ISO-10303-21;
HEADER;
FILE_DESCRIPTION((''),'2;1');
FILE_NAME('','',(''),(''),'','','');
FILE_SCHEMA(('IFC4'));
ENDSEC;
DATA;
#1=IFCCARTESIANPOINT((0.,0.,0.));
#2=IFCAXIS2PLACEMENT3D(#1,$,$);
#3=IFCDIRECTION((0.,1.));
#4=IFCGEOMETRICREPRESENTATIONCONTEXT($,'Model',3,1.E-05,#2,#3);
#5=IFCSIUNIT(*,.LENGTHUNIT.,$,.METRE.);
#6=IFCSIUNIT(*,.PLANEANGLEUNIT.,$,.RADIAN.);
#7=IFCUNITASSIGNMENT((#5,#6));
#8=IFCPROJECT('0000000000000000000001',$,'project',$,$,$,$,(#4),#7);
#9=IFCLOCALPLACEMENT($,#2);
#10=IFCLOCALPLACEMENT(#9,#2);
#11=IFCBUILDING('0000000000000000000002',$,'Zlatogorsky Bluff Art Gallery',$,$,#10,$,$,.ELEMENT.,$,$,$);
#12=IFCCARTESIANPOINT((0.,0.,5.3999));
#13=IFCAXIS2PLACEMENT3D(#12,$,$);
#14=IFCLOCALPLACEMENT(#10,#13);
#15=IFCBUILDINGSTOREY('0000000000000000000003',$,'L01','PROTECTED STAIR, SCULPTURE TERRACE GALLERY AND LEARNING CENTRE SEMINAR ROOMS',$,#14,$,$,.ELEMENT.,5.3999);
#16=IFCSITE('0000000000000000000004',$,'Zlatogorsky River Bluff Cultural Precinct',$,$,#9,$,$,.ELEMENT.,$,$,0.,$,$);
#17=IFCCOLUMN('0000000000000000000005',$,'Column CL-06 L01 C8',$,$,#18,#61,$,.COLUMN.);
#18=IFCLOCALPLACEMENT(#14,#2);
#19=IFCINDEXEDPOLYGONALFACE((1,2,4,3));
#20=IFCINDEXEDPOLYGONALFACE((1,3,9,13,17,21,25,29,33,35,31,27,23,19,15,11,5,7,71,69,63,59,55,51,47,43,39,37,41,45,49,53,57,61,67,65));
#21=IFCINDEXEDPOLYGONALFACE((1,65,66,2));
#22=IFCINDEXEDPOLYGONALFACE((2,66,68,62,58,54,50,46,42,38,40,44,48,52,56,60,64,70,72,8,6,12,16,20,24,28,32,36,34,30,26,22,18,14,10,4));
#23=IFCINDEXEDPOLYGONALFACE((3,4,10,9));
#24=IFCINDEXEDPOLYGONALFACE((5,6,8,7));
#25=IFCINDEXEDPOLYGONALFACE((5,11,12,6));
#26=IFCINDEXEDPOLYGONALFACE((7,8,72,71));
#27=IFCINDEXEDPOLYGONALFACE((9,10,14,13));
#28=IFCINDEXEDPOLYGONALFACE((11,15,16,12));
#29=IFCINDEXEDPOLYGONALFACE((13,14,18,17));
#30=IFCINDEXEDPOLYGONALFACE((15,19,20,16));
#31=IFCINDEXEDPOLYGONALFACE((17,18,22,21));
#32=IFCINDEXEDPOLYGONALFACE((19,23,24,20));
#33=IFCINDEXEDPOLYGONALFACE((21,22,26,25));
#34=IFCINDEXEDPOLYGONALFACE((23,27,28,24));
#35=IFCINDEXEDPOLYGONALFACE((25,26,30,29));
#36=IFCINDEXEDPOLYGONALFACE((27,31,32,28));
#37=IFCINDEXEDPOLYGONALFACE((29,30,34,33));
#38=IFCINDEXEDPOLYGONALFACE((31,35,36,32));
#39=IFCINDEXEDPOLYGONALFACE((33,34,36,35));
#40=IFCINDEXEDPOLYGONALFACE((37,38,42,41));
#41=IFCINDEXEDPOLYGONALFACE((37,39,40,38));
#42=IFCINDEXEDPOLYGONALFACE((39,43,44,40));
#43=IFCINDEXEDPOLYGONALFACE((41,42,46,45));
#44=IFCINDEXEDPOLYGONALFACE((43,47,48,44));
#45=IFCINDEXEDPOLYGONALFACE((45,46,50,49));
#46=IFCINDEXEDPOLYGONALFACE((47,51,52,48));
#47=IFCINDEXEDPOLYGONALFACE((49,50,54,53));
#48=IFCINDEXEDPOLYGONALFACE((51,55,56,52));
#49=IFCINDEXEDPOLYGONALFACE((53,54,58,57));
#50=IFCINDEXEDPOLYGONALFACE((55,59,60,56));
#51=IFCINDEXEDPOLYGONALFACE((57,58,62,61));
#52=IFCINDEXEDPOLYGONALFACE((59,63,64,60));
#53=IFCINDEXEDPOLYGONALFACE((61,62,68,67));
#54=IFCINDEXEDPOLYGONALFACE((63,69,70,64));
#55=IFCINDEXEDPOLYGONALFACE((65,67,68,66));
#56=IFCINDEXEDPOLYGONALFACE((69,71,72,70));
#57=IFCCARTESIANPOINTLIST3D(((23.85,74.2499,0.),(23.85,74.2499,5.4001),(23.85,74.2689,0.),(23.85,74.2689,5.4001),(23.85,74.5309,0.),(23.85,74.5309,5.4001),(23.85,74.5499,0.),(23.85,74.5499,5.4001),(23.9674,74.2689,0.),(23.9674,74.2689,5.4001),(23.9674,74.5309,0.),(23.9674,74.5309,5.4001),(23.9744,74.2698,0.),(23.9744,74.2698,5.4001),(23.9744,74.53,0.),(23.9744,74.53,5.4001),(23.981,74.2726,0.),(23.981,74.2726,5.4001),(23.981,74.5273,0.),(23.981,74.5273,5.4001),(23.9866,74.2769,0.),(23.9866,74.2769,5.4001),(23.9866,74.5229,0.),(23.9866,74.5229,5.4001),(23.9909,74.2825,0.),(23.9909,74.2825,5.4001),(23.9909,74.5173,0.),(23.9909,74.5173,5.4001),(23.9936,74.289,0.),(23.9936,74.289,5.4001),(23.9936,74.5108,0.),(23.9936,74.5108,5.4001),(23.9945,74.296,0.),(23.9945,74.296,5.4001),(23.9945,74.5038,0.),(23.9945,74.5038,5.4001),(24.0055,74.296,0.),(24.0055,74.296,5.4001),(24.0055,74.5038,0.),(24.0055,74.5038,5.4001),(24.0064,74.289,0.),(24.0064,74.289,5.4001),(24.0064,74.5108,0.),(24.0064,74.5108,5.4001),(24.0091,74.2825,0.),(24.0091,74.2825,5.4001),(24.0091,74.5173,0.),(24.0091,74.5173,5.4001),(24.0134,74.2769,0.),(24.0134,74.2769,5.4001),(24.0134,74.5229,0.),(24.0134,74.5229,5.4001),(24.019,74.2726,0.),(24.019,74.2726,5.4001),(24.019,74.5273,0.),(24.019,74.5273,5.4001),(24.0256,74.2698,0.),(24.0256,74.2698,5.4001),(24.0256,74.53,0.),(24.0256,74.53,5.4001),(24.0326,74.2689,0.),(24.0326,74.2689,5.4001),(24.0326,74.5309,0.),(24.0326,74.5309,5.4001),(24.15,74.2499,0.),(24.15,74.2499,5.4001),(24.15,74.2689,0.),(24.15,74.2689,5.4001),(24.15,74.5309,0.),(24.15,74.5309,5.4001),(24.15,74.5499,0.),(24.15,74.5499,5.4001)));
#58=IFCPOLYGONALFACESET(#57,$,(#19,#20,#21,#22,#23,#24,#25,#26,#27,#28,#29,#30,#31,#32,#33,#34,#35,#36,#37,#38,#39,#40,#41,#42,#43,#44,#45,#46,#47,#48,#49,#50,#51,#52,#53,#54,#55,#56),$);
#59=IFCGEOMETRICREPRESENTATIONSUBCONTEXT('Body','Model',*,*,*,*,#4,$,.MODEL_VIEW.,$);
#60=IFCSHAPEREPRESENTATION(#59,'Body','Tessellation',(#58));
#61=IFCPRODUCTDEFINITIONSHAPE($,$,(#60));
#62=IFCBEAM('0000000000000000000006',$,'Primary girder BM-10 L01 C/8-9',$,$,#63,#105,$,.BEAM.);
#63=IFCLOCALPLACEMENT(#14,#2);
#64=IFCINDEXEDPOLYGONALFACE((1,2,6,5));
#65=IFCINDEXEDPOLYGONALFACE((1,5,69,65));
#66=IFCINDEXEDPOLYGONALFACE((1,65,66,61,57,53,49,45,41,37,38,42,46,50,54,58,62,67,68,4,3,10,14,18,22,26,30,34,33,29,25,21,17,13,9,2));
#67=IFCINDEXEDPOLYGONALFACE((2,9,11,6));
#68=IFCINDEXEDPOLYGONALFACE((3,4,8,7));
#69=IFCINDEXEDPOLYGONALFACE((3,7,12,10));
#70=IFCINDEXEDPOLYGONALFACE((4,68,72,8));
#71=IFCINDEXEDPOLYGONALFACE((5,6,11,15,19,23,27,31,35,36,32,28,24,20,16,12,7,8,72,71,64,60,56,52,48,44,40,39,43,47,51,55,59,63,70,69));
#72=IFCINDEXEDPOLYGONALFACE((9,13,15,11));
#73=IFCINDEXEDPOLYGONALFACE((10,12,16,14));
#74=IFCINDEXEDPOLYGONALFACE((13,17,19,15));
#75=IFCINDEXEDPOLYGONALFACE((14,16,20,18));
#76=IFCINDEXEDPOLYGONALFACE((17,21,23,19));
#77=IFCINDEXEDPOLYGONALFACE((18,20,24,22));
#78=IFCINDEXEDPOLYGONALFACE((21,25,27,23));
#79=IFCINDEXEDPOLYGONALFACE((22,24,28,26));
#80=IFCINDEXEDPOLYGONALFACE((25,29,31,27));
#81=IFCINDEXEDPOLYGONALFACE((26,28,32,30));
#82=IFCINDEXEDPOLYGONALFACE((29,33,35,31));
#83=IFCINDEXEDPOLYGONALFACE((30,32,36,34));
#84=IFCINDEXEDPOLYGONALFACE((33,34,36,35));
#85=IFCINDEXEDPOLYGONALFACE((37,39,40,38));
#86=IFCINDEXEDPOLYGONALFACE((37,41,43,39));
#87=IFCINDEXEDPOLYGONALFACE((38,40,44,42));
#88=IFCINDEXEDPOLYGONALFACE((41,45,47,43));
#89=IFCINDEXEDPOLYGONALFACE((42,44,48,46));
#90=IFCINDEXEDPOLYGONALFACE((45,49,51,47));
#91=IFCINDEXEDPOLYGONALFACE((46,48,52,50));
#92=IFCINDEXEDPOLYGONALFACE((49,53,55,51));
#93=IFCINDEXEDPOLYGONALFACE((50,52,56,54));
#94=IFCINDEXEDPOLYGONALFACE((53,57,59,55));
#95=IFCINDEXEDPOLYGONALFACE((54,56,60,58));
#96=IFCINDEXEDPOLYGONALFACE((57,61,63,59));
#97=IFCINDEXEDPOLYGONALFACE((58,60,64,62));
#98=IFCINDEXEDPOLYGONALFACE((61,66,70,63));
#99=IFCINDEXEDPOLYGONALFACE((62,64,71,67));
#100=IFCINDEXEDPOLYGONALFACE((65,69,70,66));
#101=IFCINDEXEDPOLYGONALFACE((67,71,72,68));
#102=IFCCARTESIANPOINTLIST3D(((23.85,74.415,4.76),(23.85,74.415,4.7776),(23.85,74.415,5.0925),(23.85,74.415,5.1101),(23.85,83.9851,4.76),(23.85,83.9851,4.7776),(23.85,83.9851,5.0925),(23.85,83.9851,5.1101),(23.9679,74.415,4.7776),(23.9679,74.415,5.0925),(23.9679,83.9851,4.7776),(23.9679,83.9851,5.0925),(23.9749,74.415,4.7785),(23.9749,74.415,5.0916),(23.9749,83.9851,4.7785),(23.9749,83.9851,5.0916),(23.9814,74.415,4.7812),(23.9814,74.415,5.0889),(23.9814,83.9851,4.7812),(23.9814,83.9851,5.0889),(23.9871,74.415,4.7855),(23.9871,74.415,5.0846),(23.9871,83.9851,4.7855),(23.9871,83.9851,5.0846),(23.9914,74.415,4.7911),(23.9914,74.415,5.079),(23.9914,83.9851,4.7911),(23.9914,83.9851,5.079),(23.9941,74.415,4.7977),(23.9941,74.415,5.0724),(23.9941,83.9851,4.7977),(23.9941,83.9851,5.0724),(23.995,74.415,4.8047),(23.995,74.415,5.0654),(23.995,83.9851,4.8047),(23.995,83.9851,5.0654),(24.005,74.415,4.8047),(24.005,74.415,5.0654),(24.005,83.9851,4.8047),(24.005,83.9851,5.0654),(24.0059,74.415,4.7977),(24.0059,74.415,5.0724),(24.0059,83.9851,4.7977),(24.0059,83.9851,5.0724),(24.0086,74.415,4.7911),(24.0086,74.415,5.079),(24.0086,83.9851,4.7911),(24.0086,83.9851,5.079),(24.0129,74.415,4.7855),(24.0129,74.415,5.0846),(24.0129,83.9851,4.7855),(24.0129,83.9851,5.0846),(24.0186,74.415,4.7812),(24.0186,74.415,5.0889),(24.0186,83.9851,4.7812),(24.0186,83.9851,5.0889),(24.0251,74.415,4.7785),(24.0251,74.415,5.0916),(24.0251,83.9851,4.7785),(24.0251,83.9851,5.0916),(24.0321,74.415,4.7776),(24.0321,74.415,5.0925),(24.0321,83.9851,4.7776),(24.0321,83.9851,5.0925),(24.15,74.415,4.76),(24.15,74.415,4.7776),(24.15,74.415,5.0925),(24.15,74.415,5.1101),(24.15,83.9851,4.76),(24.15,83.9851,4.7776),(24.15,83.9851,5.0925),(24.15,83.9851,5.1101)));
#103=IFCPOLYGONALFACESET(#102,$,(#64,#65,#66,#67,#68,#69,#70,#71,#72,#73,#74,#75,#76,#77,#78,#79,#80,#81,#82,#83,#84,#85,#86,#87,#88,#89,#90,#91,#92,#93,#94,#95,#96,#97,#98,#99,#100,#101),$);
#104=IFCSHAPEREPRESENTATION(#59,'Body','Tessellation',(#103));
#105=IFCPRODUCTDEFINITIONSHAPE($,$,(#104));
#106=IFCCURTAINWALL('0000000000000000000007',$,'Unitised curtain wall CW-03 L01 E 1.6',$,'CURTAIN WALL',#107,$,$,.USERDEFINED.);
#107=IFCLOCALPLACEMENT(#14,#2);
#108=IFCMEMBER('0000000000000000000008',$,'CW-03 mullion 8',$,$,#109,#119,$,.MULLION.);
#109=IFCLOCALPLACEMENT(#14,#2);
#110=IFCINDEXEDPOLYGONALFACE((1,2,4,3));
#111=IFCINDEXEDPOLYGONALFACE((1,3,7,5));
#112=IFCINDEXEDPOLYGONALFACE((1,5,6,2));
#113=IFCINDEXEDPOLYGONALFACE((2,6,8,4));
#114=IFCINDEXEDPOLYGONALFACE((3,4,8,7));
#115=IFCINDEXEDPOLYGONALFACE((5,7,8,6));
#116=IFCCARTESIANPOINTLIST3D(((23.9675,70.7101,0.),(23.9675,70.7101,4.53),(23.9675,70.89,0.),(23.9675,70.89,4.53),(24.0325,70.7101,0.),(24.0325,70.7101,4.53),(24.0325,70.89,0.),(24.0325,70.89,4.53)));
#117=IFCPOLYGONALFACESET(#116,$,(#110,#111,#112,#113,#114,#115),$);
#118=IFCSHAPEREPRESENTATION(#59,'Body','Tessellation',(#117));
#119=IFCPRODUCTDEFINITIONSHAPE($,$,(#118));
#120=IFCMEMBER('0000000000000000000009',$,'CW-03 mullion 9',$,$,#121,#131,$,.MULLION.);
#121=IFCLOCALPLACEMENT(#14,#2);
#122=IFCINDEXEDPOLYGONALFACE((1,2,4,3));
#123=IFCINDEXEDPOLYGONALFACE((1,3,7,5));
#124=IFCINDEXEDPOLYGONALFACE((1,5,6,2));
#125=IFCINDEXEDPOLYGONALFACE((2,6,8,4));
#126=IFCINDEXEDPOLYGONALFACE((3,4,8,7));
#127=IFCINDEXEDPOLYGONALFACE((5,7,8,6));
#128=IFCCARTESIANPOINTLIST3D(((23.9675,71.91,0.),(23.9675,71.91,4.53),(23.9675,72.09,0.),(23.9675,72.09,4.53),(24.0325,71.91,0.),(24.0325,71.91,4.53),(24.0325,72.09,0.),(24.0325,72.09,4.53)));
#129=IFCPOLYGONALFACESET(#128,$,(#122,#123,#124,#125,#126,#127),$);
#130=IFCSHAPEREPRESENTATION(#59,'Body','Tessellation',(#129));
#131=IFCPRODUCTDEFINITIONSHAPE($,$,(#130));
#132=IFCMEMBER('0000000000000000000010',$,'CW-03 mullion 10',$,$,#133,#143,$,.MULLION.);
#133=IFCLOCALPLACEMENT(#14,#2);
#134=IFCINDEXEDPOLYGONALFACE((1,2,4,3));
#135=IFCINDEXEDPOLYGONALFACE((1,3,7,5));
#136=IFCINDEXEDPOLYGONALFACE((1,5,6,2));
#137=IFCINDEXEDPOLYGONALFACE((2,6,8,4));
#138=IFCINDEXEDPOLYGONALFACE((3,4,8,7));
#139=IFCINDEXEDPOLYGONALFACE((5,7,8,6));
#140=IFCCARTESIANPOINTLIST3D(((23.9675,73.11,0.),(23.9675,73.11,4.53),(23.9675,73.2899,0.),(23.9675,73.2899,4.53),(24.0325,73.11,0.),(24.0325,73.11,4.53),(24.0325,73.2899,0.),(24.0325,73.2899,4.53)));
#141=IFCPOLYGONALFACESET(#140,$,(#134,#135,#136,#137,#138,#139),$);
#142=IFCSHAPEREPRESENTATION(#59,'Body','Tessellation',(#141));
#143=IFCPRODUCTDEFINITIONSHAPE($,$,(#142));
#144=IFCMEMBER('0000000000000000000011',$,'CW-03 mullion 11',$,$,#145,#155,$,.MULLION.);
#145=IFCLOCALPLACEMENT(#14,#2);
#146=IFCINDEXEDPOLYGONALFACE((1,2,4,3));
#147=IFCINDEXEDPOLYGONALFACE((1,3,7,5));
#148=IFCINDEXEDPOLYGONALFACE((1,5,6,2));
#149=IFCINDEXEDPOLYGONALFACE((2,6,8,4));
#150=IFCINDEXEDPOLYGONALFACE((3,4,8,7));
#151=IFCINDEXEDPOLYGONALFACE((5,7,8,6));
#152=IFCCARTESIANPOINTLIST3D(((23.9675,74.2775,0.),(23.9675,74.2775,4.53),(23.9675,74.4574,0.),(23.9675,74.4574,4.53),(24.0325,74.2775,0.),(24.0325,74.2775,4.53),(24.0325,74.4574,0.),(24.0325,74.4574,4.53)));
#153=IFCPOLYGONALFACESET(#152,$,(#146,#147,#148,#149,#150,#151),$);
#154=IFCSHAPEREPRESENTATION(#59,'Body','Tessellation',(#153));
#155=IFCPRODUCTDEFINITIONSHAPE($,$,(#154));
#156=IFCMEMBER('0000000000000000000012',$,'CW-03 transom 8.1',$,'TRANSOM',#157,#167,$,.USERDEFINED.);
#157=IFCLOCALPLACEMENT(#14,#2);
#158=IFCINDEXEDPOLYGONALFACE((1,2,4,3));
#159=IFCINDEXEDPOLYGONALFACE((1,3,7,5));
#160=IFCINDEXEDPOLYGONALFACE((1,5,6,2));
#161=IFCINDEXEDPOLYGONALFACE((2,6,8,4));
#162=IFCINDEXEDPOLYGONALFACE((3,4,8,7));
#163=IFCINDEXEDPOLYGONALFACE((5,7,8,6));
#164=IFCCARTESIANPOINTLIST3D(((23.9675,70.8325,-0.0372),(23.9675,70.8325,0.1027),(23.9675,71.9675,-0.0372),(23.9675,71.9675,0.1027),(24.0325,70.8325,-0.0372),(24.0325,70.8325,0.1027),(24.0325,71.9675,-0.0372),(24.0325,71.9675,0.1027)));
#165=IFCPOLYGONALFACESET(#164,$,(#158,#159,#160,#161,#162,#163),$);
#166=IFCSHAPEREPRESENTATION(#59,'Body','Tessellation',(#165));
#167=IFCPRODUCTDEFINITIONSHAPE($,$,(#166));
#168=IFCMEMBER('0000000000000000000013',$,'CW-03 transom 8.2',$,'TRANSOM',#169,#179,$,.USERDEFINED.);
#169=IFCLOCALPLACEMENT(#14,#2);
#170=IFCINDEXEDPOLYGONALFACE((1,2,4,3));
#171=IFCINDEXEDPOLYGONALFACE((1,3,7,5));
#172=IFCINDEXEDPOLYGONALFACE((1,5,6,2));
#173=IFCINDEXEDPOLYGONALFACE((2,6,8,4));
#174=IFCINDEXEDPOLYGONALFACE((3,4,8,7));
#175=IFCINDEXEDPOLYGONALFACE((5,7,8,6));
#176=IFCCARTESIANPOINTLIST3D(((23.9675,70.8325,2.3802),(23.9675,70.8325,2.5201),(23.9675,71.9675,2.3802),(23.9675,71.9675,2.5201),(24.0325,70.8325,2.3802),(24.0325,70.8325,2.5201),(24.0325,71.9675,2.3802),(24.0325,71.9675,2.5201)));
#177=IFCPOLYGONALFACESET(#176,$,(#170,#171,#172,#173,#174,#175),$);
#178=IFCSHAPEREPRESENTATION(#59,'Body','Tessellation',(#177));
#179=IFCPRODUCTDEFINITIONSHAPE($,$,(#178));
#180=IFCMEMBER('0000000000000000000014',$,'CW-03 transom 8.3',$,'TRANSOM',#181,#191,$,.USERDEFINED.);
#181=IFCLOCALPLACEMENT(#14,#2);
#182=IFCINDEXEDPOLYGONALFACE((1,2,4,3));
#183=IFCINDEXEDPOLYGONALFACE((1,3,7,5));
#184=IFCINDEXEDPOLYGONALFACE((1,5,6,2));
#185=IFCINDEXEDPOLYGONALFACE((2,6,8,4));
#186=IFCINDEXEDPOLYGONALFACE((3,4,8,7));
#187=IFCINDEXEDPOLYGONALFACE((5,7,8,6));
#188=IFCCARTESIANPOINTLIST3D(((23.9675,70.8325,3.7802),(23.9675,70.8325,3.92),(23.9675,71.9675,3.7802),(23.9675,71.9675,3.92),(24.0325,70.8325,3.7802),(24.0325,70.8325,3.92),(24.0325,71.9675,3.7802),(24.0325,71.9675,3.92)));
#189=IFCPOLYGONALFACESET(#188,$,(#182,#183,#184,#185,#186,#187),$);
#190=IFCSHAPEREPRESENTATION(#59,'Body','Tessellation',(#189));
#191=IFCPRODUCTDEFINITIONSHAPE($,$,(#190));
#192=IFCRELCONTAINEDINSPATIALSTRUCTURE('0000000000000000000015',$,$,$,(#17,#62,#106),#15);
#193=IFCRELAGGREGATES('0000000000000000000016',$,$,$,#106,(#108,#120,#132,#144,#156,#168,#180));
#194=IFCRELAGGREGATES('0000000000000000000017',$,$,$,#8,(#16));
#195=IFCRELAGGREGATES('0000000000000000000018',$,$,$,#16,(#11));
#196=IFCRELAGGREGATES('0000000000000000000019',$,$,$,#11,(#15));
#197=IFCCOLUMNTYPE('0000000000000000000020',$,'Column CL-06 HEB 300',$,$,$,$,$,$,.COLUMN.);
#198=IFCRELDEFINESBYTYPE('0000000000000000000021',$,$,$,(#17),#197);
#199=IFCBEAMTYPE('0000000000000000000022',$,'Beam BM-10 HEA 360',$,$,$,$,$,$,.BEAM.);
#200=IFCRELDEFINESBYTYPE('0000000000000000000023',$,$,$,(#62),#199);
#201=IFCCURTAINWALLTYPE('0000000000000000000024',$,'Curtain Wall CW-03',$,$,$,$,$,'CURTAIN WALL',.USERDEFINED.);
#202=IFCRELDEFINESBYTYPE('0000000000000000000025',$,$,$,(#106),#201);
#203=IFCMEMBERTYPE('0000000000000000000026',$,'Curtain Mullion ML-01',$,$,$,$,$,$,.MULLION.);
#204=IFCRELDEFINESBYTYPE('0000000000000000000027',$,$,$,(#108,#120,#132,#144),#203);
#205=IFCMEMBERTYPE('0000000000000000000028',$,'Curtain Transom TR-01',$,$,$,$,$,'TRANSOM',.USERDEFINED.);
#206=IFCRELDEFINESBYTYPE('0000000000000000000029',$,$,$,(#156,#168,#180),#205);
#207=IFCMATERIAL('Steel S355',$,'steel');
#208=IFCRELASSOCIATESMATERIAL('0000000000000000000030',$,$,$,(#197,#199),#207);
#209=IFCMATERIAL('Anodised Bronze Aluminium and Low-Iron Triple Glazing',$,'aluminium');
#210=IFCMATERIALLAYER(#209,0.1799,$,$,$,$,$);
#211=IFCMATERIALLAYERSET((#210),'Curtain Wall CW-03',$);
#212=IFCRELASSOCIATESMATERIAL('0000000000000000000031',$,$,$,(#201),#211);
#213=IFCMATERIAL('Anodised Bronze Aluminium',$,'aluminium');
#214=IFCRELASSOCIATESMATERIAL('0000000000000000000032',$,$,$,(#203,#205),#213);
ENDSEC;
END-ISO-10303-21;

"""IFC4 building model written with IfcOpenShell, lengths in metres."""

from ifc_helpers import new_model, si_unit, direction, frame, origin, origin_2d, place, context, subcontext, project, spatial, rectangle, i_section, extrude, material, layer, layer_set, material_profile, profile_set, type_object, element, aggregate, save


model = new_model("IFC4")

# Units and contexts
model_context = context("Model", 3, precision=1e-05, world=origin(), true_north=direction((0.0, 1.0)))
body_context = subcontext(model_context, "Body", "Model", "MODEL_VIEW")
ifc_project = project(units=[si_unit("LENGTHUNIT", "METRE"), si_unit("PLANEANGLEUNIT", "RADIAN")], contexts=[model_context])

# Site, building, storey
site_placement = place(None, origin())
site = spatial("IfcSite", under=ifc_project, at=site_placement, Name="Zlatogorsky River Bluff Cultural Precinct", CompositionType="ELEMENT", RefElevation=0.0)
building_placement = place(site_placement, origin())
building = spatial("IfcBuilding", under=site, at=building_placement, Name="Zlatogorsky Bluff Art Gallery", CompositionType="ELEMENT")
storey_placement = place(building_placement, frame((0.0, 0.0, 5.3999)))
storey = spatial("IfcBuildingStorey", under=building, at=storey_placement, Name="L01", Description="PROTECTED STAIR, SCULPTURE TERRACE GALLERY AND LEARNING CENTRE SEMINAR ROOMS", CompositionType="ELEMENT", Elevation=5.3999)

# Column
ifc_material_1 = material(Name="Steel S355", Category="steel")
ifc_material_profile_1 = material_profile(ifc_material_1, i_section(OverallWidth=0.3, OverallDepth=0.3, WebThickness=0.011, FlangeThickness=0.019, FilletRadius=0.0271, at=origin_2d()), Name="HEB 300")
ifc_profile_set_1 = profile_set([ifc_material_profile_1], Name="Steel S355")
column_type = type_object("IfcColumnType", Name="Column CL-06 HEB 300", PredefinedType="COLUMN", material=ifc_profile_set_1)
column_placement = place(storey_placement, frame((24.0, 74.3999, 0.0), z_axis=(0.0, 0.0, 1.0), x_axis=(1.0, 0.0, 0.0)))
element("IfcColumn", 1, at=column_placement, inside=storey, type_object=column_type, Name="Column CL-06 L01 C8", PredefinedType="COLUMN", context=body_context, shape_type="SweptSolid", body=[
    extrude(i_section(OverallWidth=0.3, OverallDepth=0.3, WebThickness=0.011, FlangeThickness=0.019, FilletRadius=0.0271, at=origin_2d()), origin(), (0.0, 0.0, 1.0), 5.4001),
])

# Beam
ifc_material_profile_2 = material_profile(ifc_material_1, i_section(OverallWidth=0.3, OverallDepth=0.3501, WebThickness=0.01, FlangeThickness=0.0176, FilletRadius=0.0271, at=origin_2d()), Name="HEA 360")
ifc_profile_set_2 = profile_set([ifc_material_profile_2], Name="Steel S355")
beam_type = type_object("IfcBeamType", Name="Beam BM-10 HEA 360", PredefinedType="BEAM", material=ifc_profile_set_2)
beam_placement = place(storey_placement, frame((24.0, 74.415, 4.9351), z_axis=(0.0, 1.0, 0.0), x_axis=(-1.0, 0.0, 0.0)))
element("IfcBeam", 2, at=beam_placement, inside=storey, type_object=beam_type, Name="Primary girder BM-10 L01 C/8-9", PredefinedType="BEAM", context=body_context, shape_type="SweptSolid", body=[
    extrude(i_section(OverallWidth=0.3, OverallDepth=0.3501, WebThickness=0.01, FlangeThickness=0.0176, FilletRadius=0.0271, at=origin_2d()), origin(), (0.0, 0.0, 1.0), 9.5701),
])

# Curtain wall, members
ifc_material_2 = material(Name="Anodised Bronze Aluminium and Low-Iron Triple Glazing", Category="aluminium")
ifc_layer_1 = layer(ifc_material_2, 0.1799)
ifc_layer_set_1 = layer_set([ifc_layer_1], Name="Curtain Wall CW-03")
curtain_wall_type = type_object("IfcCurtainWallType", Name="Curtain Wall CW-03", ElementType="CURTAIN WALL", PredefinedType="USERDEFINED", material=ifc_layer_set_1)
curtain_wall_placement = place(storey_placement, origin())
curtain_wall = element("IfcCurtainWall", 3, at=curtain_wall_placement, inside=storey, type_object=curtain_wall_type, Name="Unitised curtain wall CW-03 L01 E 1.6", ObjectType="CURTAIN WALL", PredefinedType="USERDEFINED")
ifc_material_3 = material(Name="Anodised Bronze Aluminium", Category="aluminium")
ifc_material_profile_3 = material_profile(ifc_material_3, rectangle(XDim=0.0649, YDim=0.1799, at=origin_2d()), Name="ALU MULLION 65x180")
ifc_profile_set_3 = profile_set([ifc_material_profile_3], Name="Anodised Bronze Aluminium")
member_type_1 = type_object("IfcMemberType", Name="Curtain Mullion ML-01", PredefinedType="MULLION", material=ifc_profile_set_3)
member_1_placement = place(storey_placement, frame((24.0, 70.8, 0.0), z_axis=(0.0, 0.0, 1.0), x_axis=(-1.0, 0.0, 0.0)))
member_1 = element("IfcMember", 4, at=member_1_placement, type_object=member_type_1, Name="CW-03 mullion 8", PredefinedType="MULLION", context=body_context, shape_type="SweptSolid", body=[
    extrude(rectangle(XDim=0.0649, YDim=0.1799, at=origin_2d()), origin(), (0.0, 0.0, 1.0), 4.53),
])
member_2_placement = place(storey_placement, frame((24.0, 72.0, 0.0), z_axis=(0.0, 0.0, 1.0), x_axis=(-1.0, 0.0, 0.0)))
member_2 = element("IfcMember", 5, at=member_2_placement, type_object=member_type_1, Name="CW-03 mullion 9", PredefinedType="MULLION", context=body_context, shape_type="SweptSolid", body=[
    extrude(rectangle(XDim=0.0649, YDim=0.1799, at=origin_2d()), origin(), (0.0, 0.0, 1.0), 4.53),
])
member_3_placement = place(storey_placement, frame((24.0, 73.2, 0.0), z_axis=(0.0, 0.0, 1.0), x_axis=(-1.0, 0.0, 0.0)))
member_3 = element("IfcMember", 6, at=member_3_placement, type_object=member_type_1, Name="CW-03 mullion 10", PredefinedType="MULLION", context=body_context, shape_type="SweptSolid", body=[
    extrude(rectangle(XDim=0.0649, YDim=0.1799, at=origin_2d()), origin(), (0.0, 0.0, 1.0), 4.53),
])
member_4_placement = place(storey_placement, frame((24.0, 74.3674, 0.0), z_axis=(0.0, 0.0, 1.0), x_axis=(-1.0, 0.0, 0.0)))
member_4 = element("IfcMember", 7, at=member_4_placement, type_object=member_type_1, Name="CW-03 mullion 11", PredefinedType="MULLION", context=body_context, shape_type="SweptSolid", body=[
    extrude(rectangle(XDim=0.0649, YDim=0.1799, at=origin_2d()), origin(), (0.0, 0.0, 1.0), 4.53),
])
ifc_material_profile_4 = material_profile(ifc_material_3, rectangle(XDim=0.0649, YDim=0.1399, at=origin_2d()), Name="ALU TRANSOM 65x140")
ifc_profile_set_4 = profile_set([ifc_material_profile_4], Name="Anodised Bronze Aluminium")
member_type_2 = type_object("IfcMemberType", Name="Curtain Transom TR-01", ElementType="TRANSOM", PredefinedType="USERDEFINED", material=ifc_profile_set_4)
member_5_placement = place(storey_placement, frame((24.0, 70.8325, 0.0327), z_axis=(0.0, 1.0, 0.0), x_axis=(-1.0, 0.0, 0.0)))
member_5 = element("IfcMember", 8, at=member_5_placement, type_object=member_type_2, Name="CW-03 transom 8.1", ObjectType="TRANSOM", PredefinedType="USERDEFINED", context=body_context, shape_type="SweptSolid", body=[
    extrude(rectangle(XDim=0.0649, YDim=0.1399, at=origin_2d()), origin(), (0.0, 0.0, 1.0), 1.135),
])
member_6_placement = place(storey_placement, frame((24.0, 70.8325, 2.4502), z_axis=(0.0, 1.0, 0.0), x_axis=(-1.0, 0.0, 0.0)))
member_6 = element("IfcMember", 9, at=member_6_placement, type_object=member_type_2, Name="CW-03 transom 8.2", ObjectType="TRANSOM", PredefinedType="USERDEFINED", context=body_context, shape_type="SweptSolid", body=[
    extrude(rectangle(XDim=0.0649, YDim=0.1399, at=origin_2d()), origin(), (0.0, 0.0, 1.0), 1.135),
])
member_7_placement = place(storey_placement, frame((24.0, 70.8325, 3.8501), z_axis=(0.0, 1.0, 0.0), x_axis=(-1.0, 0.0, 0.0)))
member_7 = element("IfcMember", 10, at=member_7_placement, type_object=member_type_2, Name="CW-03 transom 8.3", ObjectType="TRANSOM", PredefinedType="USERDEFINED", context=body_context, shape_type="SweptSolid", body=[
    extrude(rectangle(XDim=0.0649, YDim=0.1399, at=origin_2d()), origin(), (0.0, 0.0, 1.0), 1.135),
])
aggregate(curtain_wall, [member_1, member_2, member_3, member_4, member_5, member_6, member_7])

save(model, "model.ifc")
